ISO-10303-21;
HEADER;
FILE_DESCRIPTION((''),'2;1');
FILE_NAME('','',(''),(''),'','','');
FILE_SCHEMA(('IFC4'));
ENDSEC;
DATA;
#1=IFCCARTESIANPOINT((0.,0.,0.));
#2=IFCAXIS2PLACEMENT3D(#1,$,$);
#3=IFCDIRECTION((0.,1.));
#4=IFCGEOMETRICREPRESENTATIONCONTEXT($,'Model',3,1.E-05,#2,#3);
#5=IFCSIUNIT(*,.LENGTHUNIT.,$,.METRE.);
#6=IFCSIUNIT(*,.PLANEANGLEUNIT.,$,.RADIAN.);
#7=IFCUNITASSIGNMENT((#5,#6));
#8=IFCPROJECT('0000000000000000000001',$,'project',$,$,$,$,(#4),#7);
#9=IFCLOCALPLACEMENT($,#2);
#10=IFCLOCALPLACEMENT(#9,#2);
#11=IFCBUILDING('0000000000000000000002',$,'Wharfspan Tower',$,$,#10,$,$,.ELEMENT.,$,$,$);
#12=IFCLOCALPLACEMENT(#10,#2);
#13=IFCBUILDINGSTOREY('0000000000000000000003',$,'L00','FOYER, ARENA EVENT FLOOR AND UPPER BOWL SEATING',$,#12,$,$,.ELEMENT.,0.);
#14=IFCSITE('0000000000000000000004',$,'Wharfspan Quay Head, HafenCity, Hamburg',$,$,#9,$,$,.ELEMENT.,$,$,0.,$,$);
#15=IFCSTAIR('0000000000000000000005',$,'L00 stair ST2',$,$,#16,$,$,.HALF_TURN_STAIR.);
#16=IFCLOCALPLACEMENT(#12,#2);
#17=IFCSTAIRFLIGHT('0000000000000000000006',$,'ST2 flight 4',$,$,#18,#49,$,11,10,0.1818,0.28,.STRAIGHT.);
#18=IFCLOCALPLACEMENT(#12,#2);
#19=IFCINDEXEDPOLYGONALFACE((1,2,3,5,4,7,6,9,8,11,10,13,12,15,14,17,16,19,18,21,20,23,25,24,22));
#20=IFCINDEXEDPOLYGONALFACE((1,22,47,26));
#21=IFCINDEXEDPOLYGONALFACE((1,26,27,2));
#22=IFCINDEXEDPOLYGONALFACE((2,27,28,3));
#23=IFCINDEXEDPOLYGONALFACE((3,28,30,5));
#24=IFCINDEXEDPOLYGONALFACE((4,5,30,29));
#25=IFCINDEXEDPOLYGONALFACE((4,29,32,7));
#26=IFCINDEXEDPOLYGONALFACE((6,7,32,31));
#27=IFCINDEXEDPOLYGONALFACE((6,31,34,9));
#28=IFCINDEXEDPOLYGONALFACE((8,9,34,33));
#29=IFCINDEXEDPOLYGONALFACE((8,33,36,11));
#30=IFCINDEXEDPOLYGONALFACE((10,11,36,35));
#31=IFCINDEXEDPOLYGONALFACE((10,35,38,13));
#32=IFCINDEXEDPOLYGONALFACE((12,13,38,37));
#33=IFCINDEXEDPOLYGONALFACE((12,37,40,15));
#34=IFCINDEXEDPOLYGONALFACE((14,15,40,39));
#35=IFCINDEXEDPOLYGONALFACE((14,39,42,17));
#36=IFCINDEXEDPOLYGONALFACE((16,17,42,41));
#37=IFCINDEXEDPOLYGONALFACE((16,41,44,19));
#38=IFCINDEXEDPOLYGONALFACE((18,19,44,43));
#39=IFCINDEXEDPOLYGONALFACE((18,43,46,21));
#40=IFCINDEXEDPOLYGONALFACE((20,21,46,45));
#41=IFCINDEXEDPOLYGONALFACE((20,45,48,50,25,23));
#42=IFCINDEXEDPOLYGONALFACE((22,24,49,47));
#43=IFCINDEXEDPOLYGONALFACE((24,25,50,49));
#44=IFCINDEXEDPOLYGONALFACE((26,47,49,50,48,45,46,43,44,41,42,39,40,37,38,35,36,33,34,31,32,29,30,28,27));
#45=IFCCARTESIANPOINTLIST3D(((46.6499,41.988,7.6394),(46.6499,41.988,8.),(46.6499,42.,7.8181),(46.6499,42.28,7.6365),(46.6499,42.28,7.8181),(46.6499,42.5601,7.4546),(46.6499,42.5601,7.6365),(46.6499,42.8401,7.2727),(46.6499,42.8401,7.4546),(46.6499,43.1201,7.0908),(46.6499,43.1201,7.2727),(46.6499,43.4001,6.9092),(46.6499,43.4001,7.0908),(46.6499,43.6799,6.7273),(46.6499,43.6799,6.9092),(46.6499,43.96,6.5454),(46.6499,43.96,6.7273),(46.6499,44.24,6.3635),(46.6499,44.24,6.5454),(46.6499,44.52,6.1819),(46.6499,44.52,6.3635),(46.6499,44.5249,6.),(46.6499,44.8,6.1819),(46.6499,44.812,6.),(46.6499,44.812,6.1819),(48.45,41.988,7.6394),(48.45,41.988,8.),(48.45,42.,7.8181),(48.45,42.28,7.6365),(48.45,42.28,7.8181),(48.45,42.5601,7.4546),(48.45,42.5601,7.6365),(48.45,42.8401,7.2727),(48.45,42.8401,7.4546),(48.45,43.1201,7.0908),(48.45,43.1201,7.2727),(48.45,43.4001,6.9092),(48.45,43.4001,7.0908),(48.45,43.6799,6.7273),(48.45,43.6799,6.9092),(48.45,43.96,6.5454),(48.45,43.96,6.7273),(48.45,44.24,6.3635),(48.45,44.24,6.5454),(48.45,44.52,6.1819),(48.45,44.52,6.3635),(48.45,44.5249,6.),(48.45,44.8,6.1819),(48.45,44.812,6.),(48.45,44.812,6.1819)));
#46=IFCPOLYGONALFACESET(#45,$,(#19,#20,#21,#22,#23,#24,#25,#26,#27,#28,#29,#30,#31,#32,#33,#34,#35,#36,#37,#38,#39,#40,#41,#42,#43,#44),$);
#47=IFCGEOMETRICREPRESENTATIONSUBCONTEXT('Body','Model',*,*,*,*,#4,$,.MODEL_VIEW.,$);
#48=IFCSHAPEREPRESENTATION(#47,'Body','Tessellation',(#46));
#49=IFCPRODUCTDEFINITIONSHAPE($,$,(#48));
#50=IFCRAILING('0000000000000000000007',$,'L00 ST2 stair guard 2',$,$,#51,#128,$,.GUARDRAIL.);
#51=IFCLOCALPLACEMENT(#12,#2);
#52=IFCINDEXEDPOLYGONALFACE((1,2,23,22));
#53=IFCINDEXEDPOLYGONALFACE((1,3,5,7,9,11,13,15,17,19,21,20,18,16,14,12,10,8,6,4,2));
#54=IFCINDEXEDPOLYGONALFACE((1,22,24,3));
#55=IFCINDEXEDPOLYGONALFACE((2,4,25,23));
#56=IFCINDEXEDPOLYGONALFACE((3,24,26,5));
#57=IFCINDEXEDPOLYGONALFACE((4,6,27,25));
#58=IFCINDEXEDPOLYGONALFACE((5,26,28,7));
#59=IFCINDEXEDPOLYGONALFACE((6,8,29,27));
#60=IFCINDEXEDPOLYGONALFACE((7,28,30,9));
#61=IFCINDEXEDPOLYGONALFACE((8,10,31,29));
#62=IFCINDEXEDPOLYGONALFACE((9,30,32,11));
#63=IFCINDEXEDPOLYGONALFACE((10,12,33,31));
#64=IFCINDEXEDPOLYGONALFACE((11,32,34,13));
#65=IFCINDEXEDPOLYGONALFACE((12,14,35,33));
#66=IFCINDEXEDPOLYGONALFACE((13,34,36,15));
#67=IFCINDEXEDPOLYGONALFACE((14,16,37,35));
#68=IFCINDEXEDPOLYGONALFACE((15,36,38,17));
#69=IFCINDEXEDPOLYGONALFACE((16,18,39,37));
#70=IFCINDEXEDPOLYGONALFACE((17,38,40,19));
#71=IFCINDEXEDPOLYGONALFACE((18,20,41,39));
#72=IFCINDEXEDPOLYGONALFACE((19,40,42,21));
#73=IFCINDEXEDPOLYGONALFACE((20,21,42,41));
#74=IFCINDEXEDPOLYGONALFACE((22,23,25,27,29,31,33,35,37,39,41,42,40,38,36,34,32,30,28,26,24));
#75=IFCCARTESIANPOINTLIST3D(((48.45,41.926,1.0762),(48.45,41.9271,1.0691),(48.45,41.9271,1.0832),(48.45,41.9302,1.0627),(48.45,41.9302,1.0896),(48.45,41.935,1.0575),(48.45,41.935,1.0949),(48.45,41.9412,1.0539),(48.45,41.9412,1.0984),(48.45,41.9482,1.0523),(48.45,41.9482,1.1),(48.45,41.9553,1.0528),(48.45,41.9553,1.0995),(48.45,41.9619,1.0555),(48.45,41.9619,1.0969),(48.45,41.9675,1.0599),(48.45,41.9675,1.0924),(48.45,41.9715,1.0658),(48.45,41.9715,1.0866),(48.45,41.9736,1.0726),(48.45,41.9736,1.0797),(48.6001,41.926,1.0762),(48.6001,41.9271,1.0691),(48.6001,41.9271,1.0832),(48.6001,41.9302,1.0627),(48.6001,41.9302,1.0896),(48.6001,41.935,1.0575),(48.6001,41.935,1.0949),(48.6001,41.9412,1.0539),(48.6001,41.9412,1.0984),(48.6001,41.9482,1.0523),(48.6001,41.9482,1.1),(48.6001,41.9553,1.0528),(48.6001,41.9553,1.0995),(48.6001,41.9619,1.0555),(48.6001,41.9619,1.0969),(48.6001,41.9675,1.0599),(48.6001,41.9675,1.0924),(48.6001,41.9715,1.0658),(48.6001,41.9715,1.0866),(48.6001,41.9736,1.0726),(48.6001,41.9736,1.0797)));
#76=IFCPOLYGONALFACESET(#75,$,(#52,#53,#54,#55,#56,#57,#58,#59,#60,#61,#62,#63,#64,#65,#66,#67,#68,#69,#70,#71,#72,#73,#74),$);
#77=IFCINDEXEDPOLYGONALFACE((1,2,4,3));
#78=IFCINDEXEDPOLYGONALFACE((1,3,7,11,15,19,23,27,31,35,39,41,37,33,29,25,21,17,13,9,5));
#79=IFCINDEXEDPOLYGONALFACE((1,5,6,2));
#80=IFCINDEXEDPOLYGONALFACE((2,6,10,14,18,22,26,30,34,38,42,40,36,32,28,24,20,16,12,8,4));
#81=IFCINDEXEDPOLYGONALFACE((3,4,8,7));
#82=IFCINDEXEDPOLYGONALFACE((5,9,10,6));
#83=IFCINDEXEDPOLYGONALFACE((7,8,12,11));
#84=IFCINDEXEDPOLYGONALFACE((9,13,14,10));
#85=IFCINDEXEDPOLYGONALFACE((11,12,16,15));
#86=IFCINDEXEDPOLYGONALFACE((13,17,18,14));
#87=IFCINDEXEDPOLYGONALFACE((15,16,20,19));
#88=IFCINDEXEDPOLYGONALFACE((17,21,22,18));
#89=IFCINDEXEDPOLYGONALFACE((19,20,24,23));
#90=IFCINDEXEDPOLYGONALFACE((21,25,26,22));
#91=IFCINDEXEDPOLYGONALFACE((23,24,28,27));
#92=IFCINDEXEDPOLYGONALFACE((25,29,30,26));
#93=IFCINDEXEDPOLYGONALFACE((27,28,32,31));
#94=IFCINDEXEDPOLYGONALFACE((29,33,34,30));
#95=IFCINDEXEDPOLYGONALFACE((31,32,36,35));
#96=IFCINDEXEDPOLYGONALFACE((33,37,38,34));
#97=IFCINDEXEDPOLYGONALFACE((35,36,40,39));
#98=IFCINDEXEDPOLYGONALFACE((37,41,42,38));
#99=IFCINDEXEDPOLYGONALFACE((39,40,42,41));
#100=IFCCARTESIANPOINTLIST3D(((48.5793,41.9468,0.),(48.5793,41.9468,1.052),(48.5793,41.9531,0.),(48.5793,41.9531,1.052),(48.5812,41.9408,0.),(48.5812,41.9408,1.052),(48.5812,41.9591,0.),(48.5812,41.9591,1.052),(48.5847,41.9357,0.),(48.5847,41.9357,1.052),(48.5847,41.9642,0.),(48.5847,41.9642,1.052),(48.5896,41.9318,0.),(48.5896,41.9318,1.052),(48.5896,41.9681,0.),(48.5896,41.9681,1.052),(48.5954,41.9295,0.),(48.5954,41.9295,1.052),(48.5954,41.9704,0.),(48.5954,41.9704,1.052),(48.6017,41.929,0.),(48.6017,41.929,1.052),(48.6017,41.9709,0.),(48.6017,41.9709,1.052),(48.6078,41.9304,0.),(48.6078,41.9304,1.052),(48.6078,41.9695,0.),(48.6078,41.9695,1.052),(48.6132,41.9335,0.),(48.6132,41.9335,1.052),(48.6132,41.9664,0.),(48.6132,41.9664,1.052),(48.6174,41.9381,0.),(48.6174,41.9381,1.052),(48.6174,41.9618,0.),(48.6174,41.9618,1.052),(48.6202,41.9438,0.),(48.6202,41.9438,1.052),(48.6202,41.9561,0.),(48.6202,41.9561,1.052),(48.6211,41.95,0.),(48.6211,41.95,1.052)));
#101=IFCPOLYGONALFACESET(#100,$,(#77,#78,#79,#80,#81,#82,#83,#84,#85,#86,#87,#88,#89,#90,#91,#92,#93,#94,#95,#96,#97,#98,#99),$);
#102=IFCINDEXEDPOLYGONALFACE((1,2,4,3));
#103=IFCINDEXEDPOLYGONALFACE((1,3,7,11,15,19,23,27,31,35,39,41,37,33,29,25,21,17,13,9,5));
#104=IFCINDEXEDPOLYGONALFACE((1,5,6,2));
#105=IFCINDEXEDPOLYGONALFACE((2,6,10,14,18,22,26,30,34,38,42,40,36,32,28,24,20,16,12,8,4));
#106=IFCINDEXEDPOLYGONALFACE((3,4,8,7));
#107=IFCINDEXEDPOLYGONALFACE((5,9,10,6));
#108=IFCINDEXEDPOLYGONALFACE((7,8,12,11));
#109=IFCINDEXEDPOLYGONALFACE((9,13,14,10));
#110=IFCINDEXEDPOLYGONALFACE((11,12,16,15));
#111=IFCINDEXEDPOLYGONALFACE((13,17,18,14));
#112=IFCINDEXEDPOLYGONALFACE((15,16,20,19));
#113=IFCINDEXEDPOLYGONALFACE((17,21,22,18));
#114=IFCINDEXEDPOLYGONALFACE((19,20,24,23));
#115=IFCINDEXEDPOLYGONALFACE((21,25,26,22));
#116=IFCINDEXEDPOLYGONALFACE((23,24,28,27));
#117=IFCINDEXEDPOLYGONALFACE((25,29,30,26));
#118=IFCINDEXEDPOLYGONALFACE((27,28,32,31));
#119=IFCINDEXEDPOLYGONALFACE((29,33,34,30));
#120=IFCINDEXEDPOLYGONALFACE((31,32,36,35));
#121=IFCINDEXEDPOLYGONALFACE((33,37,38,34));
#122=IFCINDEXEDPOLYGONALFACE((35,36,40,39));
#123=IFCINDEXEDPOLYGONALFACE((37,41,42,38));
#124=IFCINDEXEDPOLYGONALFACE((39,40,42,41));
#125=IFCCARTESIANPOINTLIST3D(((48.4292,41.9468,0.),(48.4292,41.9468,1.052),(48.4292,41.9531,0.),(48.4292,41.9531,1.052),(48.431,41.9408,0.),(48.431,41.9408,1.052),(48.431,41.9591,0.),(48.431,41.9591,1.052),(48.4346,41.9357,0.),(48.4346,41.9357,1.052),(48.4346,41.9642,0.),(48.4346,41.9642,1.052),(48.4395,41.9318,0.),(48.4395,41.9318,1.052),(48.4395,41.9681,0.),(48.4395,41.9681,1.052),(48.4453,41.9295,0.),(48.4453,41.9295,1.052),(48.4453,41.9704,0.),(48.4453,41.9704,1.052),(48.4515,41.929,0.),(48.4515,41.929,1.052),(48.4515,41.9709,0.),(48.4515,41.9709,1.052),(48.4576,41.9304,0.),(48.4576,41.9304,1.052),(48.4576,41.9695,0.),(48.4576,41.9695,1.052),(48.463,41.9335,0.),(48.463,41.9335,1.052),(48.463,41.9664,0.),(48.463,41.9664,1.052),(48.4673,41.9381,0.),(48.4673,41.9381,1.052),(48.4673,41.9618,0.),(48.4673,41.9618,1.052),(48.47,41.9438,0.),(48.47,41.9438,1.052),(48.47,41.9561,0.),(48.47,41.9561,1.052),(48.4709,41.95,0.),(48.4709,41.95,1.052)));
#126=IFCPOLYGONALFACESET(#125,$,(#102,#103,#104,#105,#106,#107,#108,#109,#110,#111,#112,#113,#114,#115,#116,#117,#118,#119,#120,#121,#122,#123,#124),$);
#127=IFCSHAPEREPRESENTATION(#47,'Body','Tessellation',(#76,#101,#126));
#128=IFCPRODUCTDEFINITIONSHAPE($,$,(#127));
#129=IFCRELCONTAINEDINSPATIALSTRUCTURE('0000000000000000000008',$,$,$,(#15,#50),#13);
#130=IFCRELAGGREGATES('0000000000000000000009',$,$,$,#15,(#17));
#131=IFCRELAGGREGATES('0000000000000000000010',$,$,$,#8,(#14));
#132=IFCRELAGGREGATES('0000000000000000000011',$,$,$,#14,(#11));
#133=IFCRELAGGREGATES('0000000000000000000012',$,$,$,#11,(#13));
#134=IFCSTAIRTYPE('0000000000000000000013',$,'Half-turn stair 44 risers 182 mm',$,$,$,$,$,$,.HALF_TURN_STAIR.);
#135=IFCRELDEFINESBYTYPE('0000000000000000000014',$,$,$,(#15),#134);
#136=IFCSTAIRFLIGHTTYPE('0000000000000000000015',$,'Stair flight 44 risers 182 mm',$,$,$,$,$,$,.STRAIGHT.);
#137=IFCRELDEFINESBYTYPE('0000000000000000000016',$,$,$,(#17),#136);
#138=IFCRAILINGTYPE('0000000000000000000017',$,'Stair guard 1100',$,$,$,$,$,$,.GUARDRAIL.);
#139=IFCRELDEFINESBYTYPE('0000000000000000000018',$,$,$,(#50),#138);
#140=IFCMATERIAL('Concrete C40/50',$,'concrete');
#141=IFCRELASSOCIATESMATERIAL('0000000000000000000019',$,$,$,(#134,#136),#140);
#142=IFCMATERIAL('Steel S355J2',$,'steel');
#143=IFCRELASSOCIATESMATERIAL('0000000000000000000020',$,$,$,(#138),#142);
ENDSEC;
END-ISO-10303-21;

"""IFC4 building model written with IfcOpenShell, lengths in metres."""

from ifc_helpers import new_model, si_unit, direction, frame, origin, origin_2d, place, context, subcontext, project, spatial, polyline, circle, outline, extrude, material, type_object, element, aggregate, save


model = new_model("IFC4")

# Units and contexts
model_context = context("Model", 3, precision=1e-05, world=origin(), true_north=direction((0.0, 1.0)))
body_context = subcontext(model_context, "Body", "Model", "MODEL_VIEW")
ifc_project = project(units=[si_unit("LENGTHUNIT", "METRE"), si_unit("PLANEANGLEUNIT", "RADIAN")], contexts=[model_context])

# Site, building, storey
site_placement = place(None, origin())
site = spatial("IfcSite", under=ifc_project, at=site_placement, Name="Wharfspan Quay Head, HafenCity, Hamburg", CompositionType="ELEMENT", RefElevation=0.0)
building_placement = place(site_placement, origin())
building = spatial("IfcBuilding", under=site, at=building_placement, Name="Wharfspan Tower", CompositionType="ELEMENT")
storey_placement = place(building_placement, origin())
storey = spatial("IfcBuildingStorey", under=building, at=storey_placement, Name="L00", Description="FOYER, ARENA EVENT FLOOR AND UPPER BOWL SEATING", CompositionType="ELEMENT", Elevation=0.0)

# Shared definitions
ifc_material_1 = material(Name="Concrete C40/50", Category="concrete")

# Stair, stair flight
stair_type = type_object("IfcStairType", Name="Half-turn stair 44 risers 182 mm", PredefinedType="HALF_TURN_STAIR", material=ifc_material_1)
stair_placement = place(storey_placement, origin())
stair = element("IfcStair", 1, at=stair_placement, inside=storey, type_object=stair_type, Name="L00 stair ST2", PredefinedType="HALF_TURN_STAIR")
stair_flight_type = type_object("IfcStairFlightType", Name="Stair flight 44 risers 182 mm", PredefinedType="STRAIGHT", material=ifc_material_1)
stair_flight_1_placement = place(storey_placement, frame((47.55, 44.8, 6.0), z_axis=(0.0, 0.0, 1.0), x_axis=(0.0, -1.0, 0.0)))
stair_flight_1 = element("IfcStairFlight", 2, at=stair_flight_1_placement, type_object=stair_flight_type, Name="ST2 flight 4", NumberOfRisers=11, NumberOfTreads=10, PredefinedType="STRAIGHT", RiserHeight=0.1818, TreadLength=0.28, context=body_context, shape_type="SweptSolid", body=[
    extrude(outline(polyline([(-0.012, 0.0), (-0.012, 0.1819), (0.0, 0.1819), (0.28, 0.1819), (0.28, 0.3635), (0.5601, 0.3635), (0.5601, 0.5454), (0.8401, 0.5454), (0.8401, 0.7273), (1.1201, 0.7273), (1.1201, 0.9092), (1.3999, 0.9092), (1.3999, 1.0908), (1.6799, 1.0908), (1.6799, 1.2727), (1.96, 1.2727), (1.96, 1.4546), (2.24, 1.4546), (2.24, 1.6365), (2.52, 1.6365), (2.52, 1.8181), (2.8, 1.8181), (2.812, 2.0), (2.812, 1.6394), (0.2751, 0.0), (-0.012, 0.0)])), frame((0.0, 0.8999, 0.0), z_axis=(0.0, -1.0, 0.0), x_axis=(1.0, 0.0, 0.0)), (0.0, 0.0, 1.0), 1.8),
])
aggregate(stair, [stair_flight_1])

# Railing
ifc_material_2 = material(Name="Steel S355J2", Category="steel")
railing_type_1 = type_object("IfcRailingType", Name="Stair guard 1100", PredefinedType="GUARDRAIL", material=ifc_material_2)
railing_placement = place(storey_placement, frame((48.6001, 41.95, 0.0)))
element("IfcRailing", 3, at=railing_placement, inside=storey, type_object=railing_type_1, Name="L00 ST2 stair guard 2", PredefinedType="GUARDRAIL", context=body_context, shape_type="SweptSolid", body=[
    extrude(circle(Radius=0.0239, at=origin_2d()), frame((0.0, 0.0, 1.0762), z_axis=(-1.0, 0.0, 0.0), x_axis=(0.0, -1.0, 0.0)), (0.0, 0.0, 1.0), 0.1501),
    extrude(circle(Radius=0.021, at=origin_2d()), origin(), (0.0, 0.0, 1.0), 1.052),
    extrude(circle(Radius=0.021, at=origin_2d()), frame((-0.1501, 0.0, 0.0)), (0.0, 0.0, 1.0), 1.052),
])

save(model, "model.ifc")
